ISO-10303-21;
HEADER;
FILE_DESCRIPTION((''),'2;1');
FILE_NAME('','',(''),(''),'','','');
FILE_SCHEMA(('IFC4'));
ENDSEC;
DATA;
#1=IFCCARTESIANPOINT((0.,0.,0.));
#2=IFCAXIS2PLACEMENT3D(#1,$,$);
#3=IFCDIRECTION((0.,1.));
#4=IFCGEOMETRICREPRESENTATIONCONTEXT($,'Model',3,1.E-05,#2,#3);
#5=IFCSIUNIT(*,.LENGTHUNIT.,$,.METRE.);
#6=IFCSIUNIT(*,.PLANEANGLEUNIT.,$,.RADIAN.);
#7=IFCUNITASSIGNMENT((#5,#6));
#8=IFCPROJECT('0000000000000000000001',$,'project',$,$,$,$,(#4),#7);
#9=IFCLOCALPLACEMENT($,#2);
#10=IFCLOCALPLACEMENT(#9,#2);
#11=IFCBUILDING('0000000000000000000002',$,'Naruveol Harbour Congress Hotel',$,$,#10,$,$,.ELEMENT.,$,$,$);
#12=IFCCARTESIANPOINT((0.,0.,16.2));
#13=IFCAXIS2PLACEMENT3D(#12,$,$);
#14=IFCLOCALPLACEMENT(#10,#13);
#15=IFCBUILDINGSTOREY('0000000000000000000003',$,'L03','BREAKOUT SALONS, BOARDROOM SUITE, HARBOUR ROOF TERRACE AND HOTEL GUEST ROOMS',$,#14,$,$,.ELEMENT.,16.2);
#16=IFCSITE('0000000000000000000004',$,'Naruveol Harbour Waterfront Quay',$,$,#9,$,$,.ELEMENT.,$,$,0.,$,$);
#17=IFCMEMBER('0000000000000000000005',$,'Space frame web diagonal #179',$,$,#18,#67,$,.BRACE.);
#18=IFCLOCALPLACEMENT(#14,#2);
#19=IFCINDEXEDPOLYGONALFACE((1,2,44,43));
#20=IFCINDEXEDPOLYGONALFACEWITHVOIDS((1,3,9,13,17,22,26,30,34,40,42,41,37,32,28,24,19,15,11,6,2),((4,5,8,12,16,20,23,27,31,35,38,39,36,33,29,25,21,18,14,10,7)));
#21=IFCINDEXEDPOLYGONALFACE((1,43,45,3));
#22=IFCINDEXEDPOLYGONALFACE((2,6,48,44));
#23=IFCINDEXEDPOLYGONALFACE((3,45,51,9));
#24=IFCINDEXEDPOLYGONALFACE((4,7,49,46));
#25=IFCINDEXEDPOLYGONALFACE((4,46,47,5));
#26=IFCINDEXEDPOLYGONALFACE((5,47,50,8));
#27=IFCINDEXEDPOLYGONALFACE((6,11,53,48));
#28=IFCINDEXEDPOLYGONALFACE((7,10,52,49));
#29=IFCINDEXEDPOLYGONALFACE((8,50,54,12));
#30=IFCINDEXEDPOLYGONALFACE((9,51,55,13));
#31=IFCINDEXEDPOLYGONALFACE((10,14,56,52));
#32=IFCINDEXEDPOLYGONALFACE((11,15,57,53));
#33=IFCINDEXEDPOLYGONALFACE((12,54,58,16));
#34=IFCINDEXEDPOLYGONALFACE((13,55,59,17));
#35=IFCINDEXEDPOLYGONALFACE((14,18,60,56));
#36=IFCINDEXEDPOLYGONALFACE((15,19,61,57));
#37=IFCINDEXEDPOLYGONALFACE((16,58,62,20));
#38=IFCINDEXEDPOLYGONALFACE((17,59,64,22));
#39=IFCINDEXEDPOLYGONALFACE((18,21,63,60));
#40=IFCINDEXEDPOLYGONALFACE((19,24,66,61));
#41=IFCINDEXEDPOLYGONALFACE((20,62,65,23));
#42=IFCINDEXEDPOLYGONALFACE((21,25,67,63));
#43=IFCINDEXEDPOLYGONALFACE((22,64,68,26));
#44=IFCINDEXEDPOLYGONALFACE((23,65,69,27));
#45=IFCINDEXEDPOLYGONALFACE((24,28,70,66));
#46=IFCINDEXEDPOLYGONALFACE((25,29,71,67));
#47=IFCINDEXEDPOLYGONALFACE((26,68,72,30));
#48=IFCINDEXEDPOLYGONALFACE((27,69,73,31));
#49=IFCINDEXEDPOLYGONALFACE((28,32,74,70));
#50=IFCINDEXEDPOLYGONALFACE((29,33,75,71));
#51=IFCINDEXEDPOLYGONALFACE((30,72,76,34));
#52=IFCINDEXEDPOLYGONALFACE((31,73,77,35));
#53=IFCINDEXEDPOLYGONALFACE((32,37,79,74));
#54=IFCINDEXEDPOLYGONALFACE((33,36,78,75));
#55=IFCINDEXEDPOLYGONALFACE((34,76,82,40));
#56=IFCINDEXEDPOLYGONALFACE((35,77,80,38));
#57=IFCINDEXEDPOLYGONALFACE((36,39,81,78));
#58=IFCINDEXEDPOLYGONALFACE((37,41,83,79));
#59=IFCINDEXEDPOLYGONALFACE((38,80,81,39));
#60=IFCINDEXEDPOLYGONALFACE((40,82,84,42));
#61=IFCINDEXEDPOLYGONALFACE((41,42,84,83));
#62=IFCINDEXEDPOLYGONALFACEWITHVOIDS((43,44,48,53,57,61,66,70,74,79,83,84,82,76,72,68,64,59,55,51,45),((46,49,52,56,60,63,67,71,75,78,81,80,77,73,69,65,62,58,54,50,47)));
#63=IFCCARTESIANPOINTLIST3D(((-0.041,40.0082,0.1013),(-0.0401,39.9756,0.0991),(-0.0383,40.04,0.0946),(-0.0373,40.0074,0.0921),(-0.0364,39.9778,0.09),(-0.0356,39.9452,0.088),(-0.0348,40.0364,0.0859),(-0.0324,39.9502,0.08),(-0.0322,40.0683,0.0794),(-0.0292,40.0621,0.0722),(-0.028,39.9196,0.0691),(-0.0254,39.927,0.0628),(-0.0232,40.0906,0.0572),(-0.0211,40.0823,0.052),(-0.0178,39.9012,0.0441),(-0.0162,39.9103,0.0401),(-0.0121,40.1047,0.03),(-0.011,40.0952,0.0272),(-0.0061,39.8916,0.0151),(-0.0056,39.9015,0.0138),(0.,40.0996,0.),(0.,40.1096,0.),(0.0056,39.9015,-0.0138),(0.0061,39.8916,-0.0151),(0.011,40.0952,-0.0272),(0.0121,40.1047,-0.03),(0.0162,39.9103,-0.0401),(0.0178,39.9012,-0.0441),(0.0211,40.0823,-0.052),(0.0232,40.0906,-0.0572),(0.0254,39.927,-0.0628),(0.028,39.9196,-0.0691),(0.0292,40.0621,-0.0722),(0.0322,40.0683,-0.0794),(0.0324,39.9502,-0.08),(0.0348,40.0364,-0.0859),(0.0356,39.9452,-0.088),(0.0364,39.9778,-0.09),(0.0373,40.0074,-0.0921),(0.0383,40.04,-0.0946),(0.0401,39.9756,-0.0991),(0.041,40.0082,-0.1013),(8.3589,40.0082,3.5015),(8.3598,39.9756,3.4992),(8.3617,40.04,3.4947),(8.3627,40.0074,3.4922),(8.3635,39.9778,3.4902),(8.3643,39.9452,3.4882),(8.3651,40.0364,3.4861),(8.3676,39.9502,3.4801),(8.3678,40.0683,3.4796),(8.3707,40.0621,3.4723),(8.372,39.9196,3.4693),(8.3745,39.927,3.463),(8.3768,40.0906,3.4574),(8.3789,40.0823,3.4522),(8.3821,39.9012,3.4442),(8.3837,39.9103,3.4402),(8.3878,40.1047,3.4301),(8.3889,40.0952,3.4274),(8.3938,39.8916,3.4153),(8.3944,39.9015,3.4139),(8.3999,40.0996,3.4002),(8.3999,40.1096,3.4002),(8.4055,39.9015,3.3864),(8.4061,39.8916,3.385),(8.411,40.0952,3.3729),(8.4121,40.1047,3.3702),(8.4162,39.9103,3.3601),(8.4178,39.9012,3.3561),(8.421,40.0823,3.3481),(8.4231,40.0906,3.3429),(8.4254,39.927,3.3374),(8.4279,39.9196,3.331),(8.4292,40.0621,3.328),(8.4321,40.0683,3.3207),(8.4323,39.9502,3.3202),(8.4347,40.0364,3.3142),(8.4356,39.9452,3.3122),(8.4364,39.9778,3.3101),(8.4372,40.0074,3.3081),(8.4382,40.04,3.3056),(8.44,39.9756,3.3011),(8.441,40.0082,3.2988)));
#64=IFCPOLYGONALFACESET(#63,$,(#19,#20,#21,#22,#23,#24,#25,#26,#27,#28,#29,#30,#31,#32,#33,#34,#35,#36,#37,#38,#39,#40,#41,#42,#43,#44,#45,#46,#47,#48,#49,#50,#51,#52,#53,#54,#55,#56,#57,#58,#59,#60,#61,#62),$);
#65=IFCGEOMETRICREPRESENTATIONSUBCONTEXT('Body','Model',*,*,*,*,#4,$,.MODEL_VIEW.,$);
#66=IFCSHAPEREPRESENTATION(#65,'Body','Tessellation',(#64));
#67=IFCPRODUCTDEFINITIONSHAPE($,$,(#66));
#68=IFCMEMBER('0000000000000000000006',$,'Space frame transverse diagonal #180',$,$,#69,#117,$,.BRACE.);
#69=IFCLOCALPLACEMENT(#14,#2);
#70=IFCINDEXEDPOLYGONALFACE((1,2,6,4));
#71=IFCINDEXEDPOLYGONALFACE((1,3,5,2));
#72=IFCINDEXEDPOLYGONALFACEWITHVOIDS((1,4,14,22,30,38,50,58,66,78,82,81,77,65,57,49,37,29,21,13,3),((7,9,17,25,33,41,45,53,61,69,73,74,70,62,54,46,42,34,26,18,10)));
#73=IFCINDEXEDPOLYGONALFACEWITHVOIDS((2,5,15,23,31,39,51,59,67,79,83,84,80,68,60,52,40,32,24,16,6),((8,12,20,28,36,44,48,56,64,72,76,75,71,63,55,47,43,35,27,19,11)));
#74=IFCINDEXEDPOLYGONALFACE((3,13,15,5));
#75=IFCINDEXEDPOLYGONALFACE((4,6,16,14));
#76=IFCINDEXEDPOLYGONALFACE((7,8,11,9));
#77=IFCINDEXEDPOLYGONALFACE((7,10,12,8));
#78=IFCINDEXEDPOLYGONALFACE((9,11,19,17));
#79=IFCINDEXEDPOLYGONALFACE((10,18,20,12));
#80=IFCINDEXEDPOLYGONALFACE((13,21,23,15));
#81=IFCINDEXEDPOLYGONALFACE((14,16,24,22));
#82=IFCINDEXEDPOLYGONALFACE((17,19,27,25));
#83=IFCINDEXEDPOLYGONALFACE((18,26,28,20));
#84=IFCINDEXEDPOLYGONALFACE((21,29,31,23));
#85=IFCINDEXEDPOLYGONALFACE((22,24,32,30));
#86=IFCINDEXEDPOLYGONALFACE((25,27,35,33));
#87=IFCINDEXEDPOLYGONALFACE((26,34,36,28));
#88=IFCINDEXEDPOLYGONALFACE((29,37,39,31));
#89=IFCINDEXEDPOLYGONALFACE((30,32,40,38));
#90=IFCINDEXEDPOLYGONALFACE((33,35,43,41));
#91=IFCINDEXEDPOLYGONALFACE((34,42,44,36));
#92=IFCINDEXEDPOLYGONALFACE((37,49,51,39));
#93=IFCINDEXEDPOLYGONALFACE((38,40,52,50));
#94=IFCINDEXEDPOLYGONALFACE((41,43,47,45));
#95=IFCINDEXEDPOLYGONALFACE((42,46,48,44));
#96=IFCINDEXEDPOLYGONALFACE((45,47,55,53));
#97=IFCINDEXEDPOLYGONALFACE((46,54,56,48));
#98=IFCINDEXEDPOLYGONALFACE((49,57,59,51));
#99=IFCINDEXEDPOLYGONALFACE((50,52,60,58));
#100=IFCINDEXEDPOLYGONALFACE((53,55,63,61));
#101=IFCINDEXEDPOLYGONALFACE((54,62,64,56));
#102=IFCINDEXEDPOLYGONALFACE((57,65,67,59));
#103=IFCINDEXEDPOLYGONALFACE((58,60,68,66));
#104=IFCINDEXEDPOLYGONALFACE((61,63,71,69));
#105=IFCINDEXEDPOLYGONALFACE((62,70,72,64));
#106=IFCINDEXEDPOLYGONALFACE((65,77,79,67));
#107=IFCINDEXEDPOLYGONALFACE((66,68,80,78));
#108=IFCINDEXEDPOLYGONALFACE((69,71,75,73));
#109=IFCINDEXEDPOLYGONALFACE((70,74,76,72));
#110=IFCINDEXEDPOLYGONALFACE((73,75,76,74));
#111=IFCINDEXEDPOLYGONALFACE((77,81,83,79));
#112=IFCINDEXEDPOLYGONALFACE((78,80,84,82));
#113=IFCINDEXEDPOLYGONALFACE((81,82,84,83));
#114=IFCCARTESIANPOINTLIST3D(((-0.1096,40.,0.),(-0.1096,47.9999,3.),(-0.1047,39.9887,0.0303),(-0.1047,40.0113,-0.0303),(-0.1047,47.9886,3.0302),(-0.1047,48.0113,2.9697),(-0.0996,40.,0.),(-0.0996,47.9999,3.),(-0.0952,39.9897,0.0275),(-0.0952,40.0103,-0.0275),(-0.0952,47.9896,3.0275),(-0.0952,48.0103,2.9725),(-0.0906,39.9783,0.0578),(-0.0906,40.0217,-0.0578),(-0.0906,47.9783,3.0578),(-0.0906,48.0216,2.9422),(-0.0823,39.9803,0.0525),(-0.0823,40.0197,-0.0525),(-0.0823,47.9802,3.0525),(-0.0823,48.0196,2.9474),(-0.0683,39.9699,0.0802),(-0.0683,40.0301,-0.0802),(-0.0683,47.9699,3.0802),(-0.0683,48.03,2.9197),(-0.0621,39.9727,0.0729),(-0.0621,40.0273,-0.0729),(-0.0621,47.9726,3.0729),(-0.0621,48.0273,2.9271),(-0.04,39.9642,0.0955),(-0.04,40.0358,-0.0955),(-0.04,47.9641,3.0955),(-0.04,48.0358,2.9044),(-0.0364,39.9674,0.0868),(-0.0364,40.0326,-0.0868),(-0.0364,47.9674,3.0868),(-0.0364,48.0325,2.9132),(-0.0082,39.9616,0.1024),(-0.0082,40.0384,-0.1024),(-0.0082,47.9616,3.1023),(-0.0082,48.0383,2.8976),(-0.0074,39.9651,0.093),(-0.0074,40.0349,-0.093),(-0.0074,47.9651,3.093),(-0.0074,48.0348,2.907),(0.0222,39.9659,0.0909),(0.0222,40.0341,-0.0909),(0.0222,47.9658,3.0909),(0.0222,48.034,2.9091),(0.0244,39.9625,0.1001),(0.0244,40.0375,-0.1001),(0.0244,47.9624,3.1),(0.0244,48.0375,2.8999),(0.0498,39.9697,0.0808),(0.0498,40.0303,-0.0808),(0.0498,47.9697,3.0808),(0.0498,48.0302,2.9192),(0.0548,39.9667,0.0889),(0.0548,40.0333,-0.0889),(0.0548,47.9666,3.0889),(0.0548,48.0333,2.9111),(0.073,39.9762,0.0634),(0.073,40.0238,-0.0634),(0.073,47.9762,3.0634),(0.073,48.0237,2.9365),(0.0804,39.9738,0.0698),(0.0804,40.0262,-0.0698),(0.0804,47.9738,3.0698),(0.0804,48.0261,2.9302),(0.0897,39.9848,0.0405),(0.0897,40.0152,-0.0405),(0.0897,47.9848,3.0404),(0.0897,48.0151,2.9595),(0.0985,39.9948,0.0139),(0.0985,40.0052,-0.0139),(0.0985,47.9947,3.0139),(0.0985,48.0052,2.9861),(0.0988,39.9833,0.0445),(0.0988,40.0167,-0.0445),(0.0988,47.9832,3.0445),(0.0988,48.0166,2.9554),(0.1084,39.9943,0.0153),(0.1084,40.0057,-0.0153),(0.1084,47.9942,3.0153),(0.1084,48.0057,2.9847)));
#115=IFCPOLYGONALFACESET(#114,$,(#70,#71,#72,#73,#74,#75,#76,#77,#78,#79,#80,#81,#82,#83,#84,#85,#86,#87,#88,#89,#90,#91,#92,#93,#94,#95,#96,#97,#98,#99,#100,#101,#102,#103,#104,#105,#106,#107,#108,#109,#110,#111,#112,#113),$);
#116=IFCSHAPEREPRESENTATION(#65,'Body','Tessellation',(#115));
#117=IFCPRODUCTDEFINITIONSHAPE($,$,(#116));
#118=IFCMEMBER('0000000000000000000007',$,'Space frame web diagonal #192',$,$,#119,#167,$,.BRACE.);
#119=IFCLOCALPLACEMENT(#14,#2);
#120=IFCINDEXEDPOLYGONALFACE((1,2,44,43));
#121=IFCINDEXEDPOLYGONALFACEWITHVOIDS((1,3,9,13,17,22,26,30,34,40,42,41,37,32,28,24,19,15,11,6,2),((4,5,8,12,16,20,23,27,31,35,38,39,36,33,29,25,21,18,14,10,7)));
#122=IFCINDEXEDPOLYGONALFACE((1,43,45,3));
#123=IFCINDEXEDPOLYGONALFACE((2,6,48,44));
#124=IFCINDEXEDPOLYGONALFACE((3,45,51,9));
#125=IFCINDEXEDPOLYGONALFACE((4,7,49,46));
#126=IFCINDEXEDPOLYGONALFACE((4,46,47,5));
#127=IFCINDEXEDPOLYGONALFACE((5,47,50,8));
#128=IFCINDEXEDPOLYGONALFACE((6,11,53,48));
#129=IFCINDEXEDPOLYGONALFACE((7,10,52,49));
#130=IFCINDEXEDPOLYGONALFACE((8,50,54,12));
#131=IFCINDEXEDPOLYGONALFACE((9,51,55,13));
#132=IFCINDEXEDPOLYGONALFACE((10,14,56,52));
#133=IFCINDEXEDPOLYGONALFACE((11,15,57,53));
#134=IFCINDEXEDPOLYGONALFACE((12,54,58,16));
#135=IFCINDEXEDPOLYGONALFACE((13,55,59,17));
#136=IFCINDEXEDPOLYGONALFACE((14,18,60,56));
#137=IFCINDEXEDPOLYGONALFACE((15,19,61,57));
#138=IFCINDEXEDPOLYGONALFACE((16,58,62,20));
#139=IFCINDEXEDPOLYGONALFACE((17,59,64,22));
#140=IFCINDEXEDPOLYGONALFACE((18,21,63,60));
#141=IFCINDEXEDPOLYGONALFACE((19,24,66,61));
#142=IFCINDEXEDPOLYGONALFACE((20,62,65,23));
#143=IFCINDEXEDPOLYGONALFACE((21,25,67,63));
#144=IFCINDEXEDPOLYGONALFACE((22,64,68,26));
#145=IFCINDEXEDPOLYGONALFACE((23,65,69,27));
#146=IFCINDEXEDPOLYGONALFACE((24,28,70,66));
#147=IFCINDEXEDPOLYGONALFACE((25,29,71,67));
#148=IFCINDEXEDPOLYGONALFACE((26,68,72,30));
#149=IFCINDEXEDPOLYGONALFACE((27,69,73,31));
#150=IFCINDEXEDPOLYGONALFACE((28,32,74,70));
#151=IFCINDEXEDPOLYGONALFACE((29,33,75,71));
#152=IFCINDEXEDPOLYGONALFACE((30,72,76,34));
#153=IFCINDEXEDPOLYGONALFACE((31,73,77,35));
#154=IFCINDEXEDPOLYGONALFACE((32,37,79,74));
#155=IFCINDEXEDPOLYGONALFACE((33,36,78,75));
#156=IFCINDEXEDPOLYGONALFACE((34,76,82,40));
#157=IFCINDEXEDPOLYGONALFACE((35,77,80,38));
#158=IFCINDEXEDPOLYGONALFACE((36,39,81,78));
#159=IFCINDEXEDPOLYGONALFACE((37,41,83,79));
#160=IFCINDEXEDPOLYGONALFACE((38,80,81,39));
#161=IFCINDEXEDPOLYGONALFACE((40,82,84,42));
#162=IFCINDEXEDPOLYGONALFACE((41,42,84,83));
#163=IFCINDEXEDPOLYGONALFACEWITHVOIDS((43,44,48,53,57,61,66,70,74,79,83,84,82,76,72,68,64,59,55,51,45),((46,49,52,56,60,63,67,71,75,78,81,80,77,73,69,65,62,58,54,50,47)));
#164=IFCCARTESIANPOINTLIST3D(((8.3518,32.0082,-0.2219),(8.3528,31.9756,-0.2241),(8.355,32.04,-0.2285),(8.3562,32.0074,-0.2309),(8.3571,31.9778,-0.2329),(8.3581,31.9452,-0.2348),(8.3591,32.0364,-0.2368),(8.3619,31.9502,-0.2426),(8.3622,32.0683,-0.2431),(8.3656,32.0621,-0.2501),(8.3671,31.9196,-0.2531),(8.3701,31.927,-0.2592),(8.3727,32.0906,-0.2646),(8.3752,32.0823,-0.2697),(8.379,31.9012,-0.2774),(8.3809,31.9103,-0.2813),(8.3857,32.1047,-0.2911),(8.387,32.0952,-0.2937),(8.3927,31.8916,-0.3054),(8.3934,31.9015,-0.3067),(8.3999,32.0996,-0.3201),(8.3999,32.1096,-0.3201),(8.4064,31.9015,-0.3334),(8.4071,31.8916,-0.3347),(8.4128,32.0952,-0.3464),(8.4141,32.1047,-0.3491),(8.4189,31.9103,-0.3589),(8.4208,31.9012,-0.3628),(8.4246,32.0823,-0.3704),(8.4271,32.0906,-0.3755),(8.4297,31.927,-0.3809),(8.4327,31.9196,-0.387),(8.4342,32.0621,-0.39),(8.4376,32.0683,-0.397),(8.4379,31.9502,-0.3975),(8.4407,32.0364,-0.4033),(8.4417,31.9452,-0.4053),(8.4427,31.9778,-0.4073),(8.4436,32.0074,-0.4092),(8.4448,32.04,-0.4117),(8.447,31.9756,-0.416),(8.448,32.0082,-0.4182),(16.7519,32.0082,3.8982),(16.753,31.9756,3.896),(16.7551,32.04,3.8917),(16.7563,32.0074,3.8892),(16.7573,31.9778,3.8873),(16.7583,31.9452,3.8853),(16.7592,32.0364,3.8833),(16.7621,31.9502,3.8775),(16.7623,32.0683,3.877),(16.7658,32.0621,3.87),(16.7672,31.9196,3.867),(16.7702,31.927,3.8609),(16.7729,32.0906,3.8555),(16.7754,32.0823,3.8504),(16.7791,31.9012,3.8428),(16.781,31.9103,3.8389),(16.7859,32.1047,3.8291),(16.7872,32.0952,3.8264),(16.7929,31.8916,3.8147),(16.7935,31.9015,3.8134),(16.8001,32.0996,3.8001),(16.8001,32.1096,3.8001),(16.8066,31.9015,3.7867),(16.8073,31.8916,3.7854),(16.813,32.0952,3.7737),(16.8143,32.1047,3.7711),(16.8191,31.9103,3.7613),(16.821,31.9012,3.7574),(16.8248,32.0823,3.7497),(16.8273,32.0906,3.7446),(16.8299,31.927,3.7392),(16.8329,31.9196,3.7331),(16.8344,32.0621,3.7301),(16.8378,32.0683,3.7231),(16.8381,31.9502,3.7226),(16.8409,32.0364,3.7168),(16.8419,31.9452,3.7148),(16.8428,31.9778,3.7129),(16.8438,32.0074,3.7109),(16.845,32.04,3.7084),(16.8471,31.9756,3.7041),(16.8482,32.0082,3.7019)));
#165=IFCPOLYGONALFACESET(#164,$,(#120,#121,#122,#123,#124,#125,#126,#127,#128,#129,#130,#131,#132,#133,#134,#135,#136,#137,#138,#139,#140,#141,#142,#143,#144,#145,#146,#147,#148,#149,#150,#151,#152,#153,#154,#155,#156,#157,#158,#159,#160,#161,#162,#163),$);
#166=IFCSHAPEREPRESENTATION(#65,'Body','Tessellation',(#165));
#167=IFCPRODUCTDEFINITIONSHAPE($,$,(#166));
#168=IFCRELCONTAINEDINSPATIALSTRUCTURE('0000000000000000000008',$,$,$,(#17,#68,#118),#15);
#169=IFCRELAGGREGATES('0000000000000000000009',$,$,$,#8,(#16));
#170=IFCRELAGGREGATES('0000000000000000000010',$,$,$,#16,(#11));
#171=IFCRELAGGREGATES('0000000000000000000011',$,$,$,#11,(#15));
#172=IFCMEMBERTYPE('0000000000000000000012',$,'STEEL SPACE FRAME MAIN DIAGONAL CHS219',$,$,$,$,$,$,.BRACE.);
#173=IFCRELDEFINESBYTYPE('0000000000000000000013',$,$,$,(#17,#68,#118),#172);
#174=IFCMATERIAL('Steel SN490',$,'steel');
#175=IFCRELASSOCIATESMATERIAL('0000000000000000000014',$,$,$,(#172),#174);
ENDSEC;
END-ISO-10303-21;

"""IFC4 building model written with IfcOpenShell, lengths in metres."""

from ifc_helpers import new_model, si_unit, direction, frame, origin, origin_2d, place, context, subcontext, project, spatial, hollow_circle, extrude, material, material_profile, profile_set, type_object, element, save


model = new_model("IFC4")

# Units and contexts
model_context = context("Model", 3, precision=1e-05, world=origin(), true_north=direction((0.0, 1.0)))
body_context = subcontext(model_context, "Body", "Model", "MODEL_VIEW")
ifc_project = project(units=[si_unit("LENGTHUNIT", "METRE"), si_unit("PLANEANGLEUNIT", "RADIAN")], contexts=[model_context])

# Site, building, storey
site_placement = place(None, origin())
site = spatial("IfcSite", under=ifc_project, at=site_placement, Name="Naruveol Harbour Waterfront Quay", CompositionType="ELEMENT", RefElevation=0.0)
building_placement = place(site_placement, origin())
building = spatial("IfcBuilding", under=site, at=building_placement, Name="Naruveol Harbour Congress Hotel", CompositionType="ELEMENT")
storey_placement = place(building_placement, frame((0.0, 0.0, 16.2)))
storey = spatial("IfcBuildingStorey", under=building, at=storey_placement, Name="L03", Description="BREAKOUT SALONS, BOARDROOM SUITE, HARBOUR ROOF TERRACE AND HOTEL GUEST ROOMS", CompositionType="ELEMENT", Elevation=16.2)

# Members
ifc_material_1 = material(Name="Steel SN490", Category="steel")
ifc_material_profile_1 = material_profile(ifc_material_1, hollow_circle(Radius=0.1096, WallThickness=0.01, at=origin_2d()), Name="CHS-219.1x10")
ifc_profile_set_1 = profile_set([ifc_material_profile_1], Name="Steel SN490")
member_type_1 = type_object("IfcMemberType", Name="STEEL SPACE FRAME MAIN DIAGONAL CHS219", PredefinedType="BRACE", material=ifc_profile_set_1)
member_1_placement = place(storey_placement, frame((0.0, 40.0, 0.0), z_axis=(0.92694, 0.0, 0.37521), x_axis=(0.0, 1.0, 0.0)))
element("IfcMember", 1, at=member_1_placement, inside=storey, type_object=member_type_1, Name="Space frame web diagonal #179", PredefinedType="BRACE", context=body_context, shape_type="SweptSolid", body=[
    extrude(hollow_circle(Radius=0.1096, WallThickness=0.01, at=origin_2d()), origin(), (0.0, 0.0, 1.0), 9.062),
])
member_2_placement = place(storey_placement, frame((0.0, 40.0, 0.0), z_axis=(0.0, 0.936329, 0.351123), x_axis=(-1.0, 0.0, 0.0)))
element("IfcMember", 2, at=member_2_placement, inside=storey, type_object=member_type_1, Name="Space frame transverse diagonal #180", PredefinedType="BRACE", context=body_context, shape_type="SweptSolid", body=[
    extrude(hollow_circle(Radius=0.1096, WallThickness=0.01, at=origin_2d()), origin(), (0.0, 0.0, 1.0), 8.5439),
])
member_3_placement = place(storey_placement, frame((8.3999, 32.0, -0.3201), z_axis=(0.897819, 0.0, 0.440364), x_axis=(0.0, 1.0, 0.0)))
element("IfcMember", 3, at=member_3_placement, inside=storey, type_object=member_type_1, Name="Space frame web diagonal #192", PredefinedType="BRACE", context=body_context, shape_type="SweptSolid", body=[
    extrude(hollow_circle(Radius=0.1096, WallThickness=0.01, at=origin_2d()), origin(), (0.0, 0.0, 1.0), 9.3562),
])

save(model, "model.ifc")
